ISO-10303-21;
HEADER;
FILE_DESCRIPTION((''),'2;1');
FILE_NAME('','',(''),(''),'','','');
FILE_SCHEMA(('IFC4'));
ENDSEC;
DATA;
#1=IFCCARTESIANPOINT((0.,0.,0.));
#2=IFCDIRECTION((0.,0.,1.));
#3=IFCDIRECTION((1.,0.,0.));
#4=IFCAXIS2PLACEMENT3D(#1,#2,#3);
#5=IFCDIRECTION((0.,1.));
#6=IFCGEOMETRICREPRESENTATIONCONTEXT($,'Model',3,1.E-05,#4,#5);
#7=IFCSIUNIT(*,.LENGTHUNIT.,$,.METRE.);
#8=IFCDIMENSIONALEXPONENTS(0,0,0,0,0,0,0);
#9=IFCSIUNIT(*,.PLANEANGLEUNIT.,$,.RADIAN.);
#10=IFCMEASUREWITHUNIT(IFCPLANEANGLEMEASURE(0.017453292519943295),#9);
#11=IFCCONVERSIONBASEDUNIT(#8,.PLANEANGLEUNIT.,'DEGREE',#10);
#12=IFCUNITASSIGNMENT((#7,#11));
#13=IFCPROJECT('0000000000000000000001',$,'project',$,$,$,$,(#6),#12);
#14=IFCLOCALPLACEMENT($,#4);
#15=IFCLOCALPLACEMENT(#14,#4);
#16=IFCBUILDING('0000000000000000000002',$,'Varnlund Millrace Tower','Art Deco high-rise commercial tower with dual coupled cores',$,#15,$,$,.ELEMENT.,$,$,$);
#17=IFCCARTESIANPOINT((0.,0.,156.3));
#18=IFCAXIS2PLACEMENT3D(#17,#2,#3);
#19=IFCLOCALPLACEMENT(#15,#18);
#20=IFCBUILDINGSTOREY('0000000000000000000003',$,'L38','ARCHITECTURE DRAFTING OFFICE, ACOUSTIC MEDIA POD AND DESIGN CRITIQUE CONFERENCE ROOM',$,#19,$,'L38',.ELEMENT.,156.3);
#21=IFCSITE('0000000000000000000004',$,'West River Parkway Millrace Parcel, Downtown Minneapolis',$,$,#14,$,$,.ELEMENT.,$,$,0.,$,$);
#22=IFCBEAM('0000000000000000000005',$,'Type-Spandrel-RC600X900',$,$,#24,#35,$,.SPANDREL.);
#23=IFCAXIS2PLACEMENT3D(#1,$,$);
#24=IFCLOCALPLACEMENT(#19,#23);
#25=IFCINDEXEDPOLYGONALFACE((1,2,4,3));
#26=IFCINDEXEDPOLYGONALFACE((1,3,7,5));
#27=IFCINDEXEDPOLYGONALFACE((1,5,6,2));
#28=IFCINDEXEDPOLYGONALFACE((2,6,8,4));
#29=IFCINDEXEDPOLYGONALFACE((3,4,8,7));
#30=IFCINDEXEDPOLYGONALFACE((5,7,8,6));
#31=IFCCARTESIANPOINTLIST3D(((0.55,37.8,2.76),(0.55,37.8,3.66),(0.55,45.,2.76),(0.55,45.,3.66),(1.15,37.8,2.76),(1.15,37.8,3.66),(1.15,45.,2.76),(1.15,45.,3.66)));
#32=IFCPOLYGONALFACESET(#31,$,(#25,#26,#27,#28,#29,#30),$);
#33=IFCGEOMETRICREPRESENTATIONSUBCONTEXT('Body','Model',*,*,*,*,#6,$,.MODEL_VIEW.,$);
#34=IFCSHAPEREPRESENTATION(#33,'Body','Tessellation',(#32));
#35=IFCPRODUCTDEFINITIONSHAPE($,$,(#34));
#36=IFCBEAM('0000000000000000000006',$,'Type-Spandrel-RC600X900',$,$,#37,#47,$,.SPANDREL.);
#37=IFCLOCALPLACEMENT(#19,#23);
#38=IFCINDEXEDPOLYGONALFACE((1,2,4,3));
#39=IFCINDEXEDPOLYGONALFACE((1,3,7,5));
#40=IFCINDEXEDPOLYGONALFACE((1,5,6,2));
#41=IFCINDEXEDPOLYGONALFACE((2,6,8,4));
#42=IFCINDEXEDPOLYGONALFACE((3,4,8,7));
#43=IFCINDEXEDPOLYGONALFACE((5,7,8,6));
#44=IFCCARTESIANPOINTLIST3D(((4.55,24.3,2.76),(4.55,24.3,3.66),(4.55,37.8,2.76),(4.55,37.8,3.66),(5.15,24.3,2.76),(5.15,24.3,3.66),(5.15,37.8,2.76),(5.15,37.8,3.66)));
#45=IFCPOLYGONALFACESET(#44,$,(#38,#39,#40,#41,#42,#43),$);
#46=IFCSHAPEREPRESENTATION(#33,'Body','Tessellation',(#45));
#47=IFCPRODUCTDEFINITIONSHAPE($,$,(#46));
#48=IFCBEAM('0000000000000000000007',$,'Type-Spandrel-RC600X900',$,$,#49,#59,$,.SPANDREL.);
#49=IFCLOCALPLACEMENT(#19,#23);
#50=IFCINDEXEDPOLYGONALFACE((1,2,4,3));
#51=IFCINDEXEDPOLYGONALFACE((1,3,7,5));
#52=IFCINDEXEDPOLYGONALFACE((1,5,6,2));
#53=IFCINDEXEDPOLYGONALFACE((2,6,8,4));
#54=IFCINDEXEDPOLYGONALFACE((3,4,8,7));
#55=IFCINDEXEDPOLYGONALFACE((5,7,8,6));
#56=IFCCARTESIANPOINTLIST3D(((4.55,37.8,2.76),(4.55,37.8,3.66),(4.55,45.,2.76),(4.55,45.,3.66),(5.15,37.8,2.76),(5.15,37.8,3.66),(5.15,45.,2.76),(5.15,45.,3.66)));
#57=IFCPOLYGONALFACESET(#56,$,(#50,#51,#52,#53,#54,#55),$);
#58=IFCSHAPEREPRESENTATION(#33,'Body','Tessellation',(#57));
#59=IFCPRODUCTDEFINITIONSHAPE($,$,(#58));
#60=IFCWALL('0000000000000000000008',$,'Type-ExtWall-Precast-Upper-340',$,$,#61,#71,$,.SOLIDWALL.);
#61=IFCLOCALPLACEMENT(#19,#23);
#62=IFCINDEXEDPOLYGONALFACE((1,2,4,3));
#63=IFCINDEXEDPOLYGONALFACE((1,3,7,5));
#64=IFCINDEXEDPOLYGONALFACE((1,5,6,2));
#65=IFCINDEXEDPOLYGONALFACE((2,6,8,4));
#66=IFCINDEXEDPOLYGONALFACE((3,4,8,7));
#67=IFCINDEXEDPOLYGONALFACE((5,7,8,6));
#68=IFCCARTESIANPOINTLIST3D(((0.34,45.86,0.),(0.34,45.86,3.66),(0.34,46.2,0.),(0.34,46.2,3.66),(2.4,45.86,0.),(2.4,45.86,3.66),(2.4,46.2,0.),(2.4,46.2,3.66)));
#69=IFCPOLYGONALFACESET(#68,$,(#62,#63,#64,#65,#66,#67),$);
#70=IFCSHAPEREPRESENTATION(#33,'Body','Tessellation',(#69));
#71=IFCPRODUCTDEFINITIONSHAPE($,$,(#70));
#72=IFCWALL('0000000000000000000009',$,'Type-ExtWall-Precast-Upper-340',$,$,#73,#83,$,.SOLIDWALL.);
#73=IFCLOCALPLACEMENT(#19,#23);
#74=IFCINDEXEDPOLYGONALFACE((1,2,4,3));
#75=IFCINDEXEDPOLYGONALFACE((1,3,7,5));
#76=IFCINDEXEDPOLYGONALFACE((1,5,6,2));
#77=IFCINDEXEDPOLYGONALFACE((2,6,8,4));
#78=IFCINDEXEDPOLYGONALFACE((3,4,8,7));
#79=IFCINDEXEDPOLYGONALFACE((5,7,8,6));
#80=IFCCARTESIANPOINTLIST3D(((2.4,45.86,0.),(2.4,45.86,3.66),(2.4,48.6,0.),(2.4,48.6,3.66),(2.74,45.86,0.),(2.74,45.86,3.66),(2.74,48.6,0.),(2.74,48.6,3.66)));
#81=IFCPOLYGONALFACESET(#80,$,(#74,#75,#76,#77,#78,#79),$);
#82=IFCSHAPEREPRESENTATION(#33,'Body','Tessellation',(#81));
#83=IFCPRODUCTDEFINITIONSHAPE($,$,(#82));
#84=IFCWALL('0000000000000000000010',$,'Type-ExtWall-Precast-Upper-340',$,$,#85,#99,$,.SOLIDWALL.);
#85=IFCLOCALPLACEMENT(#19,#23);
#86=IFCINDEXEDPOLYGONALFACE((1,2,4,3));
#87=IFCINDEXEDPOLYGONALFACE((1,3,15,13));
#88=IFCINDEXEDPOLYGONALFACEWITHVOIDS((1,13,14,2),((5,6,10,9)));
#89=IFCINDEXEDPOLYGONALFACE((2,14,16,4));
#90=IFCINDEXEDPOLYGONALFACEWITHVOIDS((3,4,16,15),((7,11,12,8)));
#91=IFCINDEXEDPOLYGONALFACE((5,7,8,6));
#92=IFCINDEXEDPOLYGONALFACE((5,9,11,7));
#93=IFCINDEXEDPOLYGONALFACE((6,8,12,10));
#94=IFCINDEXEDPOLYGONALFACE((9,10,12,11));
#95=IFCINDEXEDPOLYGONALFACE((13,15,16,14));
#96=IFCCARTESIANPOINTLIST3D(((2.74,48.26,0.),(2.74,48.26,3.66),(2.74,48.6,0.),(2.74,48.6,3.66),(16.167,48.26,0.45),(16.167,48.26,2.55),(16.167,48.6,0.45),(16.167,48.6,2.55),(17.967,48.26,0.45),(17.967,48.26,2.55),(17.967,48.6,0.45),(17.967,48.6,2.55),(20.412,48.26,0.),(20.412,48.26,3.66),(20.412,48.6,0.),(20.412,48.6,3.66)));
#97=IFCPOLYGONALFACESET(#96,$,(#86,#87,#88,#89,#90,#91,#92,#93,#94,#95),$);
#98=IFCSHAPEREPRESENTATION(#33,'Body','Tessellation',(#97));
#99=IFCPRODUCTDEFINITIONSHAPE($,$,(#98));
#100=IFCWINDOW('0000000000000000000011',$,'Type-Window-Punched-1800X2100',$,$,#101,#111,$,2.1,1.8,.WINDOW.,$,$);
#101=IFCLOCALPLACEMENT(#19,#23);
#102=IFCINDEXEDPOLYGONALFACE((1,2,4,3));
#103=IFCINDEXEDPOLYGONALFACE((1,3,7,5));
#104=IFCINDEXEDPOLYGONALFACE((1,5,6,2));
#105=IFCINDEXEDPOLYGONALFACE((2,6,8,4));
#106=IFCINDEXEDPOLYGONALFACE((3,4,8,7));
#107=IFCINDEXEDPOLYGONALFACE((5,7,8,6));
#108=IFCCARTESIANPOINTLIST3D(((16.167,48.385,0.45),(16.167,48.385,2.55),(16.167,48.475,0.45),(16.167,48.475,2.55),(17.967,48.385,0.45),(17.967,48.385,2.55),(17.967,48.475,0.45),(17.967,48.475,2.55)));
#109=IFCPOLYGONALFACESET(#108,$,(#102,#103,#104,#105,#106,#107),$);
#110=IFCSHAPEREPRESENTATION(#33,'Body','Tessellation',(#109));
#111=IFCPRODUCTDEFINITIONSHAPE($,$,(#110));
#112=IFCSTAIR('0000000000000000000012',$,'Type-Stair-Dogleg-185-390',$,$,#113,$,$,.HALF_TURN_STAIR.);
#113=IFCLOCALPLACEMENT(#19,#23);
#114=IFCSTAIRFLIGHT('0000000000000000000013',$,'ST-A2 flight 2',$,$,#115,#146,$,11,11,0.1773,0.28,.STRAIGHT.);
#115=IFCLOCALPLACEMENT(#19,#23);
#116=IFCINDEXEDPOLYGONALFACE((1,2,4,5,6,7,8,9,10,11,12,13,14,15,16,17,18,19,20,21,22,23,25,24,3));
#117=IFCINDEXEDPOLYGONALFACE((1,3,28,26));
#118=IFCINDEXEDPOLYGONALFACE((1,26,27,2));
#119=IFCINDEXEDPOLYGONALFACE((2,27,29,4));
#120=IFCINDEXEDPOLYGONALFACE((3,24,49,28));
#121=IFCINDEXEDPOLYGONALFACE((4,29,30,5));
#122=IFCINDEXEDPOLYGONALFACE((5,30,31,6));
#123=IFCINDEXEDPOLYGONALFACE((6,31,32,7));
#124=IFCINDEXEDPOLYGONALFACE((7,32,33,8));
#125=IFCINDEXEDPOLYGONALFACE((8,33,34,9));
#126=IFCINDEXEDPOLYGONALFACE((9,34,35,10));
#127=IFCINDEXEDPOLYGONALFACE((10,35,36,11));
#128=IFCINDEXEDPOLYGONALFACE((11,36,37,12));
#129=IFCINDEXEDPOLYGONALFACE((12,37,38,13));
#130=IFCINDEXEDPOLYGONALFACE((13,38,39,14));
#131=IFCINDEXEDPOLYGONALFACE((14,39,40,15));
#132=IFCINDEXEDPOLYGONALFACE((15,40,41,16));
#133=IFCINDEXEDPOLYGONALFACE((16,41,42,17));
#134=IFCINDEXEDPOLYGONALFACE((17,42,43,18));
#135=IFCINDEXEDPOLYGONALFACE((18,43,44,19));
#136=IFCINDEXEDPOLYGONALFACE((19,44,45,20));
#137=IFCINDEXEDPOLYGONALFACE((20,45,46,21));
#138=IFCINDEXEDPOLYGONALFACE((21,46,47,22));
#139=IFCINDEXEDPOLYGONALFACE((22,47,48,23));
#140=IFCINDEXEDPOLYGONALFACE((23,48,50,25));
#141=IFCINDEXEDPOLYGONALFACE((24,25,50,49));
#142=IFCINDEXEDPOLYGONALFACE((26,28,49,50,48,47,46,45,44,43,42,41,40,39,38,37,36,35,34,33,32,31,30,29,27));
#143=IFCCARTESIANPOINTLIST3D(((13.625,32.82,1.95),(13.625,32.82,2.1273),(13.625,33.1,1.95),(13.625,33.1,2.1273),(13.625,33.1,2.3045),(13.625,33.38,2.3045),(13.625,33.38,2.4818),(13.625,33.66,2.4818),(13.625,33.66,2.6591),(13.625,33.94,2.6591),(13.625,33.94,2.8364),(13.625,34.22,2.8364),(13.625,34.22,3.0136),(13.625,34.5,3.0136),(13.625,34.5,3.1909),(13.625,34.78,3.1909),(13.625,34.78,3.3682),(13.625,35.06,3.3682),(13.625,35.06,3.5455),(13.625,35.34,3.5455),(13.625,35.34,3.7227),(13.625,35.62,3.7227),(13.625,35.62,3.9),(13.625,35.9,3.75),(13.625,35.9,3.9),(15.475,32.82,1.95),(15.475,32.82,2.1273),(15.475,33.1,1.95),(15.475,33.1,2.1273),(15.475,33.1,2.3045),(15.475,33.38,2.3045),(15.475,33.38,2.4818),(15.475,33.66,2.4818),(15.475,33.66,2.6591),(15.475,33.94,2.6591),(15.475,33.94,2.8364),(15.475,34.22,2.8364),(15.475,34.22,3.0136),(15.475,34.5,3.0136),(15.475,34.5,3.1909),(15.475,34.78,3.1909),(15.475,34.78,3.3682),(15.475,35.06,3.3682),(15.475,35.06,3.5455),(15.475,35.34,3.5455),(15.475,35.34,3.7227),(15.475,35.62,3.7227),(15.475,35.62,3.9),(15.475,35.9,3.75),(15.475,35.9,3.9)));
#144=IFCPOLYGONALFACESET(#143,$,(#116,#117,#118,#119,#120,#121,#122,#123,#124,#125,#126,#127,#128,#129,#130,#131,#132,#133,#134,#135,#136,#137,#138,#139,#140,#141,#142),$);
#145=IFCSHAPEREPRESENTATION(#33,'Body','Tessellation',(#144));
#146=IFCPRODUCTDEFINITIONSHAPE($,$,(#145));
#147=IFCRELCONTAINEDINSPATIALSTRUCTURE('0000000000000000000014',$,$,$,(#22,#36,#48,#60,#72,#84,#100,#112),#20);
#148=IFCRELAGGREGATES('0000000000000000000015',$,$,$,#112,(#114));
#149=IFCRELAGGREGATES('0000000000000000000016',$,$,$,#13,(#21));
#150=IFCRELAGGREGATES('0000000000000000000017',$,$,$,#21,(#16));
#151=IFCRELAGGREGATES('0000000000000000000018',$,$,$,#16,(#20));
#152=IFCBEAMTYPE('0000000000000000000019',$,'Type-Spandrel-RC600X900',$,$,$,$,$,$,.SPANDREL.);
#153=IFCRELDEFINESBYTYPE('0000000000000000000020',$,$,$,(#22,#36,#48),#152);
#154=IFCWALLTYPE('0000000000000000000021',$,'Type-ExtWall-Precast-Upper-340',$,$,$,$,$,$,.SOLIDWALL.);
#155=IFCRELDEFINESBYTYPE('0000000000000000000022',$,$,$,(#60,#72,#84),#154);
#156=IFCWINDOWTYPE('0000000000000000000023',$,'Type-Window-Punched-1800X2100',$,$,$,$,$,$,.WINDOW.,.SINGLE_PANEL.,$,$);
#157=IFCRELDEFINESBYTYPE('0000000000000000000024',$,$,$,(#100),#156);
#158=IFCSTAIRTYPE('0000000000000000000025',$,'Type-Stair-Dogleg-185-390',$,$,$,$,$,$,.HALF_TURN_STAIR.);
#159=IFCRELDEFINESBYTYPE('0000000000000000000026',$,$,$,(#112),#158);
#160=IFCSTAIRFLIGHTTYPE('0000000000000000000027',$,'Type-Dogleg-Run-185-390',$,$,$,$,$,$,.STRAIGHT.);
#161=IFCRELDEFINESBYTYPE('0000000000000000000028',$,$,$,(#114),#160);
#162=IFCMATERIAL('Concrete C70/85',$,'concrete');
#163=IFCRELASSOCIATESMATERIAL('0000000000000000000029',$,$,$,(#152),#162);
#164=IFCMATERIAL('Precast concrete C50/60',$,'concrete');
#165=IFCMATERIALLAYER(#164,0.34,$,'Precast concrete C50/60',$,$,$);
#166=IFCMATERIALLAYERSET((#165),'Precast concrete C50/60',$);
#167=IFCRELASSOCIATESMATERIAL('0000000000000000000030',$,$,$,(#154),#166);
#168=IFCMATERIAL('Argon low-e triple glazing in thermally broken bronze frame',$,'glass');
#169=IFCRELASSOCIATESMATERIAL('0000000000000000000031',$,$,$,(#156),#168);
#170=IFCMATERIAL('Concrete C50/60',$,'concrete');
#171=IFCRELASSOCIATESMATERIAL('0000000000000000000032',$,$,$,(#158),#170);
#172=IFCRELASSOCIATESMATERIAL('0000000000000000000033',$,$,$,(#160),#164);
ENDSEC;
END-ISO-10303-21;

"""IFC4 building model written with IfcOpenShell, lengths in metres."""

from ifc_helpers import new_model, entity, si_unit, converted_unit, direction, frame, origin_with_axes, origin_2d_with_axis, place, context, subcontext, project, spatial, polyline, rectangle, outline, extrude, material, layer, layer_set, material_profile, profile_set, type_object, element, fill, aggregate, save


model = new_model("IFC4")

# Units and contexts
model_context = context("Model", 3, precision=1e-05, world=origin_with_axes(), true_north=direction((0.0, 1.0)))
body_context = subcontext(model_context, "Body", "Model", "MODEL_VIEW")
ifc_project = project(units=[si_unit("LENGTHUNIT", "METRE"), converted_unit("PLANEANGLEUNIT", "DEGREE", entity("IfcPlaneAngleMeasure", 0.017453292519943295), si_unit("PLANEANGLEUNIT", "RADIAN"), dimensions=[0, 0, 0, 0, 0, 0, 0])], contexts=[model_context])

# Site, building, storey
site_placement = place(None, origin_with_axes())
site = spatial("IfcSite", under=ifc_project, at=site_placement, Name="West River Parkway Millrace Parcel, Downtown Minneapolis", CompositionType="ELEMENT", RefElevation=0.0)
building_placement = place(site_placement, origin_with_axes())
building = spatial("IfcBuilding", under=site, at=building_placement, Name="Varnlund Millrace Tower", Description="Art Deco high-rise commercial tower with dual coupled cores", CompositionType="ELEMENT")
storey_placement = place(building_placement, frame((0.0, 0.0, 156.3), z_axis=(0.0, 0.0, 1.0), x_axis=(1.0, 0.0, 0.0)))
storey = spatial("IfcBuildingStorey", under=building, at=storey_placement, Name="L38", Description="ARCHITECTURE DRAFTING OFFICE, ACOUSTIC MEDIA POD AND DESIGN CRITIQUE CONFERENCE ROOM", LongName="L38", CompositionType="ELEMENT", Elevation=156.3)

# Beams
ifc_material_1 = material(Name="Concrete C70/85", Category="concrete")
ifc_material_profile_1 = material_profile(ifc_material_1, rectangle(XDim=0.6, YDim=0.9, at=origin_2d_with_axis()), Name="Concrete C70/85")
ifc_profile_set_1 = profile_set([ifc_material_profile_1], Name="Concrete C70/85")
beam_type_1 = type_object("IfcBeamType", Name="Type-Spandrel-RC600X900", PredefinedType="SPANDREL", material=ifc_profile_set_1)
beam_1_placement = place(storey_placement, frame((0.85, 37.8, 3.21), z_axis=(0.0, 1.0, 0.0), x_axis=(-1.0, 0.0, 0.0)))
element("IfcBeam", 1, at=beam_1_placement, inside=storey, type_object=beam_type_1, Name="Type-Spandrel-RC600X900", PredefinedType="SPANDREL", context=body_context, shape_type="SweptSolid", body=[
    extrude(rectangle(XDim=0.6, YDim=0.9, at=origin_2d_with_axis()), origin_with_axes(), (0.0, 0.0, 1.0), 7.2),
])
beam_2_placement = place(storey_placement, frame((4.85, 24.3, 3.21), z_axis=(0.0, 1.0, 0.0), x_axis=(-1.0, 0.0, 0.0)))
element("IfcBeam", 2, at=beam_2_placement, inside=storey, type_object=beam_type_1, Name="Type-Spandrel-RC600X900", PredefinedType="SPANDREL", context=body_context, shape_type="SweptSolid", body=[
    extrude(rectangle(XDim=0.6, YDim=0.9, at=origin_2d_with_axis()), origin_with_axes(), (0.0, 0.0, 1.0), 13.5),
])
beam_3_placement = place(storey_placement, frame((4.85, 37.8, 3.21), z_axis=(0.0, 1.0, 0.0), x_axis=(-1.0, 0.0, 0.0)))
element("IfcBeam", 3, at=beam_3_placement, inside=storey, type_object=beam_type_1, Name="Type-Spandrel-RC600X900", PredefinedType="SPANDREL", context=body_context, shape_type="SweptSolid", body=[
    extrude(rectangle(XDim=0.6, YDim=0.9, at=origin_2d_with_axis()), origin_with_axes(), (0.0, 0.0, 1.0), 7.2),
])

# Walls
ifc_material_2 = material(Name="Precast concrete C50/60", Category="concrete")
ifc_layer = layer(ifc_material_2, 0.34, Name="Precast concrete C50/60")
ifc_layer_set = layer_set([ifc_layer], Name="Precast concrete C50/60")
wall_type = type_object("IfcWallType", Name="Type-ExtWall-Precast-Upper-340", PredefinedType="SOLIDWALL", material=ifc_layer_set)
wall_1_placement = place(storey_placement, frame((0.34, 46.03, 0.0), z_axis=(0.0, 0.0, 1.0), x_axis=(1.0, 0.0, 0.0)))
element("IfcWall", 4, at=wall_1_placement, inside=storey, type_object=wall_type, Name="Type-ExtWall-Precast-Upper-340", PredefinedType="SOLIDWALL", context=body_context, shape_type="SweptSolid", body=[
    extrude(outline(polyline([(0.0, -0.17), (2.06, -0.17), (2.06, 0.17), (0.0, 0.17), (0.0, -0.17)])), origin_with_axes(), (0.0, 0.0, 1.0), 3.66),
])
wall_2_placement = place(storey_placement, frame((2.57, 45.86, 0.0), z_axis=(0.0, 0.0, 1.0), x_axis=(0.0, 1.0, 0.0)))
element("IfcWall", 5, at=wall_2_placement, inside=storey, type_object=wall_type, Name="Type-ExtWall-Precast-Upper-340", PredefinedType="SOLIDWALL", context=body_context, shape_type="SweptSolid", body=[
    extrude(outline(polyline([(0.0, -0.17), (2.74, -0.17), (2.74, 0.17), (0.0, 0.17), (0.0, -0.17)])), origin_with_axes(), (0.0, 0.0, 1.0), 3.66),
])

# Wall, opening, window
wall_3_placement = place(storey_placement, frame((2.74, 48.43, 0.0), z_axis=(0.0, 0.0, 1.0), x_axis=(1.0, 0.0, 0.0)))
wall_3 = element("IfcWall", 6, at=wall_3_placement, inside=storey, type_object=wall_type, Name="Type-ExtWall-Precast-Upper-340", PredefinedType="SOLIDWALL", context=body_context, shape_type="SweptSolid", body=[
    extrude(outline(polyline([(0.0, -0.17), (17.672, -0.17), (17.672, 0.17), (0.0, 0.17), (0.0, -0.17)])), origin_with_axes(), (0.0, 0.0, 1.0), 3.66),
])
opening_placement = place(wall_3_placement, frame((14.327, 0.0, 0.45), z_axis=(0.0, 0.0, 1.0), x_axis=(1.0, 0.0, 0.0)))
opening = element("IfcOpeningElement", 7, at=opening_placement, cuts=wall_3, PredefinedType="OPENING", context=body_context, shape_type="SweptSolid", body=[
    extrude(rectangle(XDim=1.8, YDim=0.36, at=origin_2d_with_axis()), origin_with_axes(), (0.0, 0.0, 1.0), 2.1),
])
ifc_material_3 = material(Name="Argon low-e triple glazing in thermally broken bronze frame", Category="glass")
window_type = type_object("IfcWindowType", Name="Type-Window-Punched-1800X2100", PartitioningType="SINGLE_PANEL", PredefinedType="WINDOW", material=ifc_material_3)
window_placement = place(wall_3_placement, frame((14.327, 0.0, 0.45), z_axis=(0.0, 0.0, 1.0), x_axis=(1.0, 0.0, 0.0)))
window = element("IfcWindow", 8, at=window_placement, inside=storey, type_object=window_type, Name="Type-Window-Punched-1800X2100", OverallHeight=2.1, OverallWidth=1.8, PredefinedType="WINDOW", context=body_context, shape_type="SweptSolid", body=[
    extrude(rectangle(XDim=1.8, YDim=0.09, at=origin_2d_with_axis()), origin_with_axes(), (0.0, 0.0, 1.0), 2.1),
])
fill(opening, window)

# Stair, stair flight
ifc_material_4 = material(Name="Concrete C50/60", Category="concrete")
stair_type = type_object("IfcStairType", Name="Type-Stair-Dogleg-185-390", PredefinedType="HALF_TURN_STAIR", material=ifc_material_4)
stair_placement = place(storey_placement, origin_with_axes())
stair = element("IfcStair", 9, at=stair_placement, inside=storey, type_object=stair_type, Name="Type-Stair-Dogleg-185-390", PredefinedType="HALF_TURN_STAIR")
stair_flight_type = type_object("IfcStairFlightType", Name="Type-Dogleg-Run-185-390", PredefinedType="STRAIGHT", material=ifc_material_2)
stair_flight_placement = place(storey_placement, frame((13.625, 32.82, 1.95), z_axis=(1.0, 0.0, 0.0), x_axis=(0.0, 1.0, 0.0)))
stair_flight = element("IfcStairFlight", 10, at=stair_flight_placement, type_object=stair_flight_type, Name="ST-A2 flight 2", NumberOfRisers=11, NumberOfTreads=11, PredefinedType="STRAIGHT", RiserHeight=0.1773, TreadLength=0.28, context=body_context, shape_type="SweptSolid", body=[
    extrude(outline(polyline([(0.0, 0.0), (0.0, 0.1773), (0.28, 0.1773), (0.28, 0.3545), (0.56, 0.3545), (0.56, 0.5318), (0.84, 0.5318), (0.84, 0.7091), (1.12, 0.7091), (1.12, 0.8864), (1.4, 0.8864), (1.4, 1.0636), (1.68, 1.0636), (1.68, 1.2409), (1.96, 1.2409), (1.96, 1.4182), (2.24, 1.4182), (2.24, 1.5955), (2.52, 1.5955), (2.52, 1.7727), (2.8, 1.7727), (2.8, 1.95), (3.08, 1.95), (3.08, 1.8), (0.28, 0.0), (0.0, 0.0)])), origin_with_axes(), (0.0, 0.0, 1.0), 1.85),
])
aggregate(stair, [stair_flight])

save(model, "model.ifc")
